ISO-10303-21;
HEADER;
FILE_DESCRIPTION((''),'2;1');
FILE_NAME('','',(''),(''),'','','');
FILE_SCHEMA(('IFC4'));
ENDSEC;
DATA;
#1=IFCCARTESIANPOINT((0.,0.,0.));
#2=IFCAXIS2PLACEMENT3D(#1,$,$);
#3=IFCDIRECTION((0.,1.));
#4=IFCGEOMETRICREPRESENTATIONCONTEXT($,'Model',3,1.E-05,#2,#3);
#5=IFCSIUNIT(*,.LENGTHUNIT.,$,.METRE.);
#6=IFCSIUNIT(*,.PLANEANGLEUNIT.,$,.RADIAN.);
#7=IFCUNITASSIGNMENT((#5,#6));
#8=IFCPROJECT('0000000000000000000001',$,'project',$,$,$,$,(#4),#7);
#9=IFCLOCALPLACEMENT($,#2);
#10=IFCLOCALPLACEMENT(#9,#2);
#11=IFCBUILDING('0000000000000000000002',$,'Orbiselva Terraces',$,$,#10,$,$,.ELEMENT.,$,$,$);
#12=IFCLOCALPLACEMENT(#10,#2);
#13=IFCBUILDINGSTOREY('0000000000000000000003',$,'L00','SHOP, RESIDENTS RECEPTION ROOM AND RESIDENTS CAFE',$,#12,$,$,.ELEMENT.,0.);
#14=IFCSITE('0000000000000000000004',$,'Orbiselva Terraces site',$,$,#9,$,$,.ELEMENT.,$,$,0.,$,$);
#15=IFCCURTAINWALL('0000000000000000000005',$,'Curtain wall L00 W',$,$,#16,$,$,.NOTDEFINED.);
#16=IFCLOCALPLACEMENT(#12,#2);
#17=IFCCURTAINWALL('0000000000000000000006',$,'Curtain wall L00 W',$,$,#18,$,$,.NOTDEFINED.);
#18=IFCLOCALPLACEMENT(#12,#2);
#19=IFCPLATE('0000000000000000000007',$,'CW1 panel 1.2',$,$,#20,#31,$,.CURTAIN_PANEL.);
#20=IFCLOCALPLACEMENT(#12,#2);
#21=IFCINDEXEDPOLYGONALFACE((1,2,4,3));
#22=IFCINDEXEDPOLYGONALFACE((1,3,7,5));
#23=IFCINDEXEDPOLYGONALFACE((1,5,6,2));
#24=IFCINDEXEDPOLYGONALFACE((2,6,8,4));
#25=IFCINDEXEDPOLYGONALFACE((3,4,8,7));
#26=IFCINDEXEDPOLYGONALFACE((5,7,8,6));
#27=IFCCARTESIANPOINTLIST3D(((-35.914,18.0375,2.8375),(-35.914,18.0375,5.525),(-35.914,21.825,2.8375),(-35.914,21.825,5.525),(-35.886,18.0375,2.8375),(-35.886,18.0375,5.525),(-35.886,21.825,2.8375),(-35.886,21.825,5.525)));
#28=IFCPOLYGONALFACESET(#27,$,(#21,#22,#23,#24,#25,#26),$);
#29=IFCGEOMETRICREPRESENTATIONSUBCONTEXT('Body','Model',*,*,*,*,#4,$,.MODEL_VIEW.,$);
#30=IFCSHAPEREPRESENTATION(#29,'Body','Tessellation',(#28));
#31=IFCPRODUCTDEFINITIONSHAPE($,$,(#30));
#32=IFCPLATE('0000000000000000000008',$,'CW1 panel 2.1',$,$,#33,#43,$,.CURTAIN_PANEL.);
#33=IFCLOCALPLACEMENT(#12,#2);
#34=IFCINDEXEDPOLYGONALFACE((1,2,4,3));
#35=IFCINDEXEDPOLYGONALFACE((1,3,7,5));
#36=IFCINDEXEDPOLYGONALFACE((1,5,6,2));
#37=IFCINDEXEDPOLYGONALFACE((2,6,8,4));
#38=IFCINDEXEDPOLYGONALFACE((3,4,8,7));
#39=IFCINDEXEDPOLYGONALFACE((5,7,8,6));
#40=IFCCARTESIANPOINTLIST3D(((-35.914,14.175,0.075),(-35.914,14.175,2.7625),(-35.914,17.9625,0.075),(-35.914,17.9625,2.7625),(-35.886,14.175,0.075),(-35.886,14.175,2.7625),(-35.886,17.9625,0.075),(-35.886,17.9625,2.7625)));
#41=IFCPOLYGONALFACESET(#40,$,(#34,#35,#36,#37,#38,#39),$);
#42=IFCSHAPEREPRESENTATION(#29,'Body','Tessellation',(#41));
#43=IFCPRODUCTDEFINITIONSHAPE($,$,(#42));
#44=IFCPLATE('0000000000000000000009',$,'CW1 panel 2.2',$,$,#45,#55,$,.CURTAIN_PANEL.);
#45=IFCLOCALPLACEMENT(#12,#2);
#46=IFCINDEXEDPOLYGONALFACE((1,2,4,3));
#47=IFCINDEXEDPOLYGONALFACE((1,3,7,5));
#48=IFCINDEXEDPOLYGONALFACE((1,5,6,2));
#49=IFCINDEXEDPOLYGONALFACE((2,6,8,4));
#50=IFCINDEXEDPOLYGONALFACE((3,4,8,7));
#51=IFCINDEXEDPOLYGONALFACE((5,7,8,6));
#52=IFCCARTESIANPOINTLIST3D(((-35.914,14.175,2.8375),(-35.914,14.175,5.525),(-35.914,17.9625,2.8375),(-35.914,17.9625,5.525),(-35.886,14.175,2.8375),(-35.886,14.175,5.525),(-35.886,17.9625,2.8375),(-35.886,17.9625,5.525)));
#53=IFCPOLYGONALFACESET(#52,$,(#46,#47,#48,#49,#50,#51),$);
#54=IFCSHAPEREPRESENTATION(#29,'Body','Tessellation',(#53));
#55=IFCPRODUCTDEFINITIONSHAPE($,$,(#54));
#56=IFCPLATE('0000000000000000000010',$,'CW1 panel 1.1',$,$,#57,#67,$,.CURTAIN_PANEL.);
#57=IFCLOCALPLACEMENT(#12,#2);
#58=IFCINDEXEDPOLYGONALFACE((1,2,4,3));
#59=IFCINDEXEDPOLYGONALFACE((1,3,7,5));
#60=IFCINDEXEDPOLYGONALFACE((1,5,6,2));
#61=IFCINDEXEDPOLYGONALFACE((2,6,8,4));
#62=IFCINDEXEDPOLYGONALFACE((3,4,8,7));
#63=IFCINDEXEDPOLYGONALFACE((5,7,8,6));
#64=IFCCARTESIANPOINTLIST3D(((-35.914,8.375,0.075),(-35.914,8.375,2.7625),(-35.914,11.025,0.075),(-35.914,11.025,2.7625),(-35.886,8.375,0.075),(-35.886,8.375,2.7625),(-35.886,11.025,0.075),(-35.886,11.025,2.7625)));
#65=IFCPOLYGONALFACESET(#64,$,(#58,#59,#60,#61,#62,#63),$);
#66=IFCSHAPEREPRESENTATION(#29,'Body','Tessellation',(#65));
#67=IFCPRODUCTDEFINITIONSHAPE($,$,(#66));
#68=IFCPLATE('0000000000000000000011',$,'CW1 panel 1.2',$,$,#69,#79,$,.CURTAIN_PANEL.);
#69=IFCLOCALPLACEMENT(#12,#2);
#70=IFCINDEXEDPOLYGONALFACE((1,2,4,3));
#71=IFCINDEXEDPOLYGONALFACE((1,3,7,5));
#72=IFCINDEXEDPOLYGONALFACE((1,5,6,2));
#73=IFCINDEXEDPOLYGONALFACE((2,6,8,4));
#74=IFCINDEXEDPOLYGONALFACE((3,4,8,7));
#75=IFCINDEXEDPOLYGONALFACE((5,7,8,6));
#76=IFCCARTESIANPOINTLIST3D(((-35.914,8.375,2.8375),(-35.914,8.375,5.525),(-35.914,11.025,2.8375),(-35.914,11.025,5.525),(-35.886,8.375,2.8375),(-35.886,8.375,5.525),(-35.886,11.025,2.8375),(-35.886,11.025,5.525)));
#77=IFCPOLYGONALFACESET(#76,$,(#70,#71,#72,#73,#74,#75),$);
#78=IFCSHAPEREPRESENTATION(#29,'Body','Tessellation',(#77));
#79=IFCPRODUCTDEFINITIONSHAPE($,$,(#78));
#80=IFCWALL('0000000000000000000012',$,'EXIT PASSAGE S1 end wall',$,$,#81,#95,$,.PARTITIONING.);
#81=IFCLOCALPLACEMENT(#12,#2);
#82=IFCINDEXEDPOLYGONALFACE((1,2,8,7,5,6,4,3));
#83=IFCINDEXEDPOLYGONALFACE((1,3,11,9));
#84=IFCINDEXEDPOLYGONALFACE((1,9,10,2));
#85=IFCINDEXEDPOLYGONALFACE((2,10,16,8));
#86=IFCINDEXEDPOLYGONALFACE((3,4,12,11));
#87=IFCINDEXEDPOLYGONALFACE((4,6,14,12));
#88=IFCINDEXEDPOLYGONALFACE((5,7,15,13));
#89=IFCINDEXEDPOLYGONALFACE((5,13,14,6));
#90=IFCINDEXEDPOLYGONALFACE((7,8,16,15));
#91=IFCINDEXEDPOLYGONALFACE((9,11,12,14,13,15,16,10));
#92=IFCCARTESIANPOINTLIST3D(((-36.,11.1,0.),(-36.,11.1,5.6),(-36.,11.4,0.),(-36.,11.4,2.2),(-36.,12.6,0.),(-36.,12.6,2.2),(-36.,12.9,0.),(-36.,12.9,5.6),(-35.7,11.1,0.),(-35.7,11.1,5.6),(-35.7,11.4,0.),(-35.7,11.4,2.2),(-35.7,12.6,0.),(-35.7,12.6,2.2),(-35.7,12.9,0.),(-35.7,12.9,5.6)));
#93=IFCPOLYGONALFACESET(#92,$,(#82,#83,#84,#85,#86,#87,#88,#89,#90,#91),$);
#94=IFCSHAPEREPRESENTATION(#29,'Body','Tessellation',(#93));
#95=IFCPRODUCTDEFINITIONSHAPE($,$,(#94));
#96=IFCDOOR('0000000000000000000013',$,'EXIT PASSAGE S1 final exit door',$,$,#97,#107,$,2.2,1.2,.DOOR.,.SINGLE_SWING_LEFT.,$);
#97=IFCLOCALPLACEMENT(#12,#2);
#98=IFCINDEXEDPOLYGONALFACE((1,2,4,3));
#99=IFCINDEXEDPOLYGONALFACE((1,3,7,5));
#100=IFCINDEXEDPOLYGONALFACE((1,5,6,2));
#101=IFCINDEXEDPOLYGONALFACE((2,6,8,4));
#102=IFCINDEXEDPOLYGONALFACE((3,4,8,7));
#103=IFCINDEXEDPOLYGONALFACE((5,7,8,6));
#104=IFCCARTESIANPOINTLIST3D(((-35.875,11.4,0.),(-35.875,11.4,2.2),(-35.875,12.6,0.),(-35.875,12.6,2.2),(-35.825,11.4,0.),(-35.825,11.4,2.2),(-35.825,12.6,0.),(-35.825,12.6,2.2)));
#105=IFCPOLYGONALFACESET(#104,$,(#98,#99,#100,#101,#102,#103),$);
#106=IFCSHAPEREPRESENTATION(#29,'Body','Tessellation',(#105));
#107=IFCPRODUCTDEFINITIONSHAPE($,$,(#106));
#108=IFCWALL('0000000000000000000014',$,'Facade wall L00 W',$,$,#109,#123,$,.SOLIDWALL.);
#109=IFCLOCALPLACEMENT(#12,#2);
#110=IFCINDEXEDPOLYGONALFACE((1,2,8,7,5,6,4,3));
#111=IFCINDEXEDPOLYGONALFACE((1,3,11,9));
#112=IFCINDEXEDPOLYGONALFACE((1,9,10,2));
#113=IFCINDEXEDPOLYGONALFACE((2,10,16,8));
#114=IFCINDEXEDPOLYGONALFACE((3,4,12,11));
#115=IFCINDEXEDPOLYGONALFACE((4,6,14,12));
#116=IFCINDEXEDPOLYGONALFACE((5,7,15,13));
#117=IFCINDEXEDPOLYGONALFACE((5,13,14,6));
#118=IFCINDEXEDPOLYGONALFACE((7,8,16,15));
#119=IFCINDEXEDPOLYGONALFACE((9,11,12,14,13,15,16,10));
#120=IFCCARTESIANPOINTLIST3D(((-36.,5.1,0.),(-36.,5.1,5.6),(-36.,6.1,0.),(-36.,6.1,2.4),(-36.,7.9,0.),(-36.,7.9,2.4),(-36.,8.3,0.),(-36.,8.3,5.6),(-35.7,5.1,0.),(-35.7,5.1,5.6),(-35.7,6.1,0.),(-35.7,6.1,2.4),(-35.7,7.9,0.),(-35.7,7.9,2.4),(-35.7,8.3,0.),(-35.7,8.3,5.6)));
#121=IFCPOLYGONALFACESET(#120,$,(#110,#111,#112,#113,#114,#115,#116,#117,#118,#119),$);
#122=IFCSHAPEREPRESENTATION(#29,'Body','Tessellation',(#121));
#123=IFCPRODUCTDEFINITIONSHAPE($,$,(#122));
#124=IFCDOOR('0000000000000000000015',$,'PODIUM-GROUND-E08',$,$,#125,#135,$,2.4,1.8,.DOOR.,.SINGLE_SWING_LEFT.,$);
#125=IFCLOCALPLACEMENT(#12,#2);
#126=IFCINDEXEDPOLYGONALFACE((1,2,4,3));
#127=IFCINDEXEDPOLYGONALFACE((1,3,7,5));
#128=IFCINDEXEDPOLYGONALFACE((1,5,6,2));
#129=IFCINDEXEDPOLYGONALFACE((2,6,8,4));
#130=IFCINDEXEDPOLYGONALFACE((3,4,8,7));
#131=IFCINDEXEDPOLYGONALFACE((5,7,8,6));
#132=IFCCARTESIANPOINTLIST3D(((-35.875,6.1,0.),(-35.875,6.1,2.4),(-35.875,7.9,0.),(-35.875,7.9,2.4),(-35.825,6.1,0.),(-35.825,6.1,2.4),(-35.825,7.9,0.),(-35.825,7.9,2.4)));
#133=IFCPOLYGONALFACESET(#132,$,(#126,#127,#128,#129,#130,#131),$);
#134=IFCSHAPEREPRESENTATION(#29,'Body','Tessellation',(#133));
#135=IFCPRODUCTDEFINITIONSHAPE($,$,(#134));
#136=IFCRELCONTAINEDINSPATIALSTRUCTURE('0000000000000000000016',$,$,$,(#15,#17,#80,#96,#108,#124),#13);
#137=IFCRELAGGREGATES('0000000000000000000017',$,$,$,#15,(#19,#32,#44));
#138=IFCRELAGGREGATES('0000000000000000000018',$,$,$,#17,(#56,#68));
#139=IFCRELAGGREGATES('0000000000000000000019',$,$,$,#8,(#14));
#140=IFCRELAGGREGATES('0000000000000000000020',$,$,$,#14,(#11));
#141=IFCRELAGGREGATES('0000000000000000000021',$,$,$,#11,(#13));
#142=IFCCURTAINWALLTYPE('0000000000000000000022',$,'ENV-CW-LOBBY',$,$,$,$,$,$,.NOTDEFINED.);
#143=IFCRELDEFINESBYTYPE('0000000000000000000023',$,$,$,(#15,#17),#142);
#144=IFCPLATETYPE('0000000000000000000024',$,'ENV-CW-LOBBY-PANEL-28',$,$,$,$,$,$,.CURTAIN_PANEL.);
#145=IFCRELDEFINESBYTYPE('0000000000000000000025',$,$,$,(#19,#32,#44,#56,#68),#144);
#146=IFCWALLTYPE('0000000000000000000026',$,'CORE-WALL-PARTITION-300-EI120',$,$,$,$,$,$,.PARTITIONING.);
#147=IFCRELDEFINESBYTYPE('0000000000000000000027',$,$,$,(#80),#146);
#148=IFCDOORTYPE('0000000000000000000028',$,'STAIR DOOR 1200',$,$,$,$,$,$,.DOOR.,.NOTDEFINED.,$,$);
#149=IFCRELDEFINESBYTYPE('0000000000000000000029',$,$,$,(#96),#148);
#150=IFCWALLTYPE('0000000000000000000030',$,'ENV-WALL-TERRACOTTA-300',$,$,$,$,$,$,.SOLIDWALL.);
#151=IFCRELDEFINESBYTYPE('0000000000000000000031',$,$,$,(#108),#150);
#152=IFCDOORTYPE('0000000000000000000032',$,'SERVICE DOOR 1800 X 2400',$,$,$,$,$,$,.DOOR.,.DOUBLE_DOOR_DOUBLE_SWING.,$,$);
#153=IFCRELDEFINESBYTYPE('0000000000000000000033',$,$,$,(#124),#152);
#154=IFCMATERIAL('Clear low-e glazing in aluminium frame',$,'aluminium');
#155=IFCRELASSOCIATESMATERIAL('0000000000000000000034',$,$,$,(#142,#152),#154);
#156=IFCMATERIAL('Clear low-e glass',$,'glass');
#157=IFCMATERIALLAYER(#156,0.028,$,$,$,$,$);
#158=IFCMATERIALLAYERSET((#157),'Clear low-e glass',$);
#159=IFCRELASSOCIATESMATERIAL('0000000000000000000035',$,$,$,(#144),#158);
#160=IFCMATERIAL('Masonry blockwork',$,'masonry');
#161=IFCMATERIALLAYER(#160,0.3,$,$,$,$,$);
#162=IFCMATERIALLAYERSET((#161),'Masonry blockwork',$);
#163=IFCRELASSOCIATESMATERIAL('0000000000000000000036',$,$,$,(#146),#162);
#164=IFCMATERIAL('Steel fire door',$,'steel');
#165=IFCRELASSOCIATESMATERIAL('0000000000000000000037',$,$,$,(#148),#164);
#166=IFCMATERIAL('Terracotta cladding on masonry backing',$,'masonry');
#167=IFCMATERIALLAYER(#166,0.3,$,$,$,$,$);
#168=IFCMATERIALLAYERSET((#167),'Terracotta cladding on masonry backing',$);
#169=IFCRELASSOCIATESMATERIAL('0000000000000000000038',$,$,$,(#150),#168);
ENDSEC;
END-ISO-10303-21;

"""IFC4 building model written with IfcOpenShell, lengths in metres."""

from ifc_helpers import new_model, si_unit, direction, frame, frame_2d, origin, origin_2d, place, context, subcontext, project, spatial, rectangle, extrude, material, layer, layer_set, type_object, element, fill, aggregate, save


model = new_model("IFC4")

# Units and contexts
model_context = context("Model", 3, precision=1e-05, world=origin(), true_north=direction((0.0, 1.0)))
body_context = subcontext(model_context, "Body", "Model", "MODEL_VIEW")
ifc_project = project(units=[si_unit("LENGTHUNIT", "METRE"), si_unit("PLANEANGLEUNIT", "RADIAN")], contexts=[model_context])

# Site, building, storey
site_placement = place(None, origin())
site = spatial("IfcSite", under=ifc_project, at=site_placement, Name="Orbiselva Terraces site", CompositionType="ELEMENT", RefElevation=0.0)
building_placement = place(site_placement, origin())
building = spatial("IfcBuilding", under=site, at=building_placement, Name="Orbiselva Terraces", CompositionType="ELEMENT")
storey_placement = place(building_placement, origin())
storey = spatial("IfcBuildingStorey", under=building, at=storey_placement, Name="L00", Description="SHOP, RESIDENTS RECEPTION ROOM AND RESIDENTS CAFE", CompositionType="ELEMENT", Elevation=0.0)

# Curtain walls
ifc_material_1 = material(Name="Clear low-e glazing in aluminium frame", Category="aluminium")
curtain_wall_type = type_object("IfcCurtainWallType", Name="ENV-CW-LOBBY", PredefinedType="NOTDEFINED", material=ifc_material_1)
curtain_wall_1_placement = place(storey_placement, origin())
curtain_wall_1 = element("IfcCurtainWall", 1, at=curtain_wall_1_placement, inside=storey, type_object=curtain_wall_type, Name="Curtain wall L00 W", PredefinedType="NOTDEFINED")
curtain_wall_2_placement = place(storey_placement, origin())
curtain_wall_2 = element("IfcCurtainWall", 2, at=curtain_wall_2_placement, inside=storey, type_object=curtain_wall_type, Name="Curtain wall L00 W", PredefinedType="NOTDEFINED")

# Plates
ifc_material_2 = material(Name="Clear low-e glass", Category="glass")
ifc_layer_1 = layer(ifc_material_2, 0.028)
ifc_layer_set_1 = layer_set([ifc_layer_1], Name="Clear low-e glass")
plate_type = type_object("IfcPlateType", Name="ENV-CW-LOBBY-PANEL-28", PredefinedType="CURTAIN_PANEL", material=ifc_layer_set_1)
plate_1_placement = place(storey_placement, frame((-35.9, 19.9312, 2.8375), z_axis=(0.0, 0.0, 1.0), x_axis=(0.0, -1.0, 0.0)))
plate_1 = element("IfcPlate", 3, at=plate_1_placement, type_object=plate_type, Name="CW1 panel 1.2", PredefinedType="CURTAIN_PANEL", context=body_context, shape_type="SweptSolid", body=[
    extrude(rectangle(XDim=3.7875, YDim=0.028, at=origin_2d()), origin(), (0.0, 0.0, 1.0), 2.6875),
])
plate_2_placement = place(storey_placement, frame((-35.9, 16.0688, 0.075), z_axis=(0.0, 0.0, 1.0), x_axis=(0.0, -1.0, 0.0)))
plate_2 = element("IfcPlate", 4, at=plate_2_placement, type_object=plate_type, Name="CW1 panel 2.1", PredefinedType="CURTAIN_PANEL", context=body_context, shape_type="SweptSolid", body=[
    extrude(rectangle(XDim=3.7875, YDim=0.028, at=origin_2d()), origin(), (0.0, 0.0, 1.0), 2.6875),
])
plate_3_placement = place(storey_placement, frame((-35.9, 16.0688, 2.8375), z_axis=(0.0, 0.0, 1.0), x_axis=(0.0, -1.0, 0.0)))
plate_3 = element("IfcPlate", 5, at=plate_3_placement, type_object=plate_type, Name="CW1 panel 2.2", PredefinedType="CURTAIN_PANEL", context=body_context, shape_type="SweptSolid", body=[
    extrude(rectangle(XDim=3.7875, YDim=0.028, at=origin_2d()), origin(), (0.0, 0.0, 1.0), 2.6875),
])
aggregate(curtain_wall_1, [plate_1, plate_2, plate_3])
plate_4_placement = place(storey_placement, frame((-35.9, 9.7, 0.075), z_axis=(0.0, 0.0, 1.0), x_axis=(0.0, -1.0, 0.0)))
plate_4 = element("IfcPlate", 6, at=plate_4_placement, type_object=plate_type, Name="CW1 panel 1.1", PredefinedType="CURTAIN_PANEL", context=body_context, shape_type="SweptSolid", body=[
    extrude(rectangle(XDim=2.65, YDim=0.028, at=origin_2d()), origin(), (0.0, 0.0, 1.0), 2.6875),
])
plate_5_placement = place(storey_placement, frame((-35.9, 9.7, 2.8375), z_axis=(0.0, 0.0, 1.0), x_axis=(0.0, -1.0, 0.0)))
plate_5 = element("IfcPlate", 7, at=plate_5_placement, type_object=plate_type, Name="CW1 panel 1.2", PredefinedType="CURTAIN_PANEL", context=body_context, shape_type="SweptSolid", body=[
    extrude(rectangle(XDim=2.65, YDim=0.028, at=origin_2d()), origin(), (0.0, 0.0, 1.0), 2.6875),
])
aggregate(curtain_wall_2, [plate_4, plate_5])

# Walls, openings, doors
ifc_material_3 = material(Name="Masonry blockwork", Category="masonry")
ifc_layer_2 = layer(ifc_material_3, 0.3)
ifc_layer_set_2 = layer_set([ifc_layer_2], Name="Masonry blockwork")
wall_type_1 = type_object("IfcWallType", Name="CORE-WALL-PARTITION-300-EI120", PredefinedType="PARTITIONING", material=ifc_layer_set_2)
wall_1_placement = place(storey_placement, frame((-35.85, 11.1, 0.0), z_axis=(0.0, 0.0, 1.0), x_axis=(0.0, 1.0, 0.0)))
wall_1 = element("IfcWall", 8, at=wall_1_placement, inside=storey, type_object=wall_type_1, Name="EXIT PASSAGE S1 end wall", PredefinedType="PARTITIONING", context=body_context, shape_type="SweptSolid", body=[
    extrude(rectangle(XDim=1.8, YDim=0.3, at=frame_2d((0.9, 0.0))), origin(), (0.0, 0.0, 1.0), 5.6),
])
opening_1_placement = place(wall_1_placement, frame((0.3, 0.0, 0.0)))
opening_1 = element("IfcOpeningElement", 9, at=opening_1_placement, cuts=wall_1, PredefinedType="OPENING", context=body_context, shape_type="SweptSolid", body=[
    extrude(rectangle(XDim=1.2, YDim=2.2, at=frame_2d((0.6, 1.1))), frame((0.0, 0.16, 0.0), z_axis=(0.0, -1.0, 0.0), x_axis=(1.0, 0.0, 0.0)), (0.0, 0.0, 1.0), 0.32),
])
ifc_material_4 = material(Name="Steel fire door", Category="steel")
door_type_1 = type_object("IfcDoorType", Name="STAIR DOOR 1200", OperationType="NOTDEFINED", PredefinedType="DOOR", material=ifc_material_4)
door_1_placement = place(opening_1_placement, origin())
door_1 = element("IfcDoor", 10, at=door_1_placement, inside=storey, type_object=door_type_1, Name="EXIT PASSAGE S1 final exit door", OperationType="SINGLE_SWING_LEFT", OverallHeight=2.2, OverallWidth=1.2, PredefinedType="DOOR", context=body_context, shape_type="SweptSolid", body=[
    extrude(rectangle(XDim=1.2, YDim=2.2, at=frame_2d((0.6, 1.1))), frame((0.0, 0.025, 0.0), z_axis=(0.0, -1.0, 0.0), x_axis=(1.0, 0.0, 0.0)), (0.0, 0.0, 1.0), 0.05),
])
fill(opening_1, door_1)
ifc_material_5 = material(Name="Terracotta cladding on masonry backing", Category="masonry")
ifc_layer_3 = layer(ifc_material_5, 0.3)
ifc_layer_set_3 = layer_set([ifc_layer_3], Name="Terracotta cladding on masonry backing")
wall_type_2 = type_object("IfcWallType", Name="ENV-WALL-TERRACOTTA-300", PredefinedType="SOLIDWALL", material=ifc_layer_set_3)
wall_2_placement = place(storey_placement, frame((-35.85, 5.1, 0.0), z_axis=(0.0, 0.0, 1.0), x_axis=(0.0, 1.0, 0.0)))
wall_2 = element("IfcWall", 11, at=wall_2_placement, inside=storey, type_object=wall_type_2, Name="Facade wall L00 W", PredefinedType="SOLIDWALL", context=body_context, shape_type="SweptSolid", body=[
    extrude(rectangle(XDim=3.2, YDim=0.3, at=frame_2d((1.6, 0.0))), origin(), (0.0, 0.0, 1.0), 5.6),
])
opening_2_placement = place(wall_2_placement, frame((1.0, 0.0, 0.0)))
opening_2 = element("IfcOpeningElement", 12, at=opening_2_placement, cuts=wall_2, PredefinedType="OPENING", context=body_context, shape_type="SweptSolid", body=[
    extrude(rectangle(XDim=1.8, YDim=2.4, at=frame_2d((0.9, 1.2))), frame((0.0, 0.16, 0.0), z_axis=(0.0, -1.0, 0.0), x_axis=(1.0, 0.0, 0.0)), (0.0, 0.0, 1.0), 0.32),
])
door_type_2 = type_object("IfcDoorType", Name="SERVICE DOOR 1800 X 2400", OperationType="DOUBLE_DOOR_DOUBLE_SWING", PredefinedType="DOOR", material=ifc_material_1)
door_2_placement = place(opening_2_placement, origin())
door_2 = element("IfcDoor", 13, at=door_2_placement, inside=storey, type_object=door_type_2, Name="PODIUM-GROUND-E08", OperationType="SINGLE_SWING_LEFT", OverallHeight=2.4, OverallWidth=1.8, PredefinedType="DOOR", context=body_context, shape_type="SweptSolid", body=[
    extrude(rectangle(XDim=1.8, YDim=2.4, at=frame_2d((0.9, 1.2))), frame((0.0, 0.025, 0.0), z_axis=(0.0, -1.0, 0.0), x_axis=(1.0, 0.0, 0.0)), (0.0, 0.0, 1.0), 0.05),
])
fill(opening_2, door_2)

save(model, "model.ifc")
